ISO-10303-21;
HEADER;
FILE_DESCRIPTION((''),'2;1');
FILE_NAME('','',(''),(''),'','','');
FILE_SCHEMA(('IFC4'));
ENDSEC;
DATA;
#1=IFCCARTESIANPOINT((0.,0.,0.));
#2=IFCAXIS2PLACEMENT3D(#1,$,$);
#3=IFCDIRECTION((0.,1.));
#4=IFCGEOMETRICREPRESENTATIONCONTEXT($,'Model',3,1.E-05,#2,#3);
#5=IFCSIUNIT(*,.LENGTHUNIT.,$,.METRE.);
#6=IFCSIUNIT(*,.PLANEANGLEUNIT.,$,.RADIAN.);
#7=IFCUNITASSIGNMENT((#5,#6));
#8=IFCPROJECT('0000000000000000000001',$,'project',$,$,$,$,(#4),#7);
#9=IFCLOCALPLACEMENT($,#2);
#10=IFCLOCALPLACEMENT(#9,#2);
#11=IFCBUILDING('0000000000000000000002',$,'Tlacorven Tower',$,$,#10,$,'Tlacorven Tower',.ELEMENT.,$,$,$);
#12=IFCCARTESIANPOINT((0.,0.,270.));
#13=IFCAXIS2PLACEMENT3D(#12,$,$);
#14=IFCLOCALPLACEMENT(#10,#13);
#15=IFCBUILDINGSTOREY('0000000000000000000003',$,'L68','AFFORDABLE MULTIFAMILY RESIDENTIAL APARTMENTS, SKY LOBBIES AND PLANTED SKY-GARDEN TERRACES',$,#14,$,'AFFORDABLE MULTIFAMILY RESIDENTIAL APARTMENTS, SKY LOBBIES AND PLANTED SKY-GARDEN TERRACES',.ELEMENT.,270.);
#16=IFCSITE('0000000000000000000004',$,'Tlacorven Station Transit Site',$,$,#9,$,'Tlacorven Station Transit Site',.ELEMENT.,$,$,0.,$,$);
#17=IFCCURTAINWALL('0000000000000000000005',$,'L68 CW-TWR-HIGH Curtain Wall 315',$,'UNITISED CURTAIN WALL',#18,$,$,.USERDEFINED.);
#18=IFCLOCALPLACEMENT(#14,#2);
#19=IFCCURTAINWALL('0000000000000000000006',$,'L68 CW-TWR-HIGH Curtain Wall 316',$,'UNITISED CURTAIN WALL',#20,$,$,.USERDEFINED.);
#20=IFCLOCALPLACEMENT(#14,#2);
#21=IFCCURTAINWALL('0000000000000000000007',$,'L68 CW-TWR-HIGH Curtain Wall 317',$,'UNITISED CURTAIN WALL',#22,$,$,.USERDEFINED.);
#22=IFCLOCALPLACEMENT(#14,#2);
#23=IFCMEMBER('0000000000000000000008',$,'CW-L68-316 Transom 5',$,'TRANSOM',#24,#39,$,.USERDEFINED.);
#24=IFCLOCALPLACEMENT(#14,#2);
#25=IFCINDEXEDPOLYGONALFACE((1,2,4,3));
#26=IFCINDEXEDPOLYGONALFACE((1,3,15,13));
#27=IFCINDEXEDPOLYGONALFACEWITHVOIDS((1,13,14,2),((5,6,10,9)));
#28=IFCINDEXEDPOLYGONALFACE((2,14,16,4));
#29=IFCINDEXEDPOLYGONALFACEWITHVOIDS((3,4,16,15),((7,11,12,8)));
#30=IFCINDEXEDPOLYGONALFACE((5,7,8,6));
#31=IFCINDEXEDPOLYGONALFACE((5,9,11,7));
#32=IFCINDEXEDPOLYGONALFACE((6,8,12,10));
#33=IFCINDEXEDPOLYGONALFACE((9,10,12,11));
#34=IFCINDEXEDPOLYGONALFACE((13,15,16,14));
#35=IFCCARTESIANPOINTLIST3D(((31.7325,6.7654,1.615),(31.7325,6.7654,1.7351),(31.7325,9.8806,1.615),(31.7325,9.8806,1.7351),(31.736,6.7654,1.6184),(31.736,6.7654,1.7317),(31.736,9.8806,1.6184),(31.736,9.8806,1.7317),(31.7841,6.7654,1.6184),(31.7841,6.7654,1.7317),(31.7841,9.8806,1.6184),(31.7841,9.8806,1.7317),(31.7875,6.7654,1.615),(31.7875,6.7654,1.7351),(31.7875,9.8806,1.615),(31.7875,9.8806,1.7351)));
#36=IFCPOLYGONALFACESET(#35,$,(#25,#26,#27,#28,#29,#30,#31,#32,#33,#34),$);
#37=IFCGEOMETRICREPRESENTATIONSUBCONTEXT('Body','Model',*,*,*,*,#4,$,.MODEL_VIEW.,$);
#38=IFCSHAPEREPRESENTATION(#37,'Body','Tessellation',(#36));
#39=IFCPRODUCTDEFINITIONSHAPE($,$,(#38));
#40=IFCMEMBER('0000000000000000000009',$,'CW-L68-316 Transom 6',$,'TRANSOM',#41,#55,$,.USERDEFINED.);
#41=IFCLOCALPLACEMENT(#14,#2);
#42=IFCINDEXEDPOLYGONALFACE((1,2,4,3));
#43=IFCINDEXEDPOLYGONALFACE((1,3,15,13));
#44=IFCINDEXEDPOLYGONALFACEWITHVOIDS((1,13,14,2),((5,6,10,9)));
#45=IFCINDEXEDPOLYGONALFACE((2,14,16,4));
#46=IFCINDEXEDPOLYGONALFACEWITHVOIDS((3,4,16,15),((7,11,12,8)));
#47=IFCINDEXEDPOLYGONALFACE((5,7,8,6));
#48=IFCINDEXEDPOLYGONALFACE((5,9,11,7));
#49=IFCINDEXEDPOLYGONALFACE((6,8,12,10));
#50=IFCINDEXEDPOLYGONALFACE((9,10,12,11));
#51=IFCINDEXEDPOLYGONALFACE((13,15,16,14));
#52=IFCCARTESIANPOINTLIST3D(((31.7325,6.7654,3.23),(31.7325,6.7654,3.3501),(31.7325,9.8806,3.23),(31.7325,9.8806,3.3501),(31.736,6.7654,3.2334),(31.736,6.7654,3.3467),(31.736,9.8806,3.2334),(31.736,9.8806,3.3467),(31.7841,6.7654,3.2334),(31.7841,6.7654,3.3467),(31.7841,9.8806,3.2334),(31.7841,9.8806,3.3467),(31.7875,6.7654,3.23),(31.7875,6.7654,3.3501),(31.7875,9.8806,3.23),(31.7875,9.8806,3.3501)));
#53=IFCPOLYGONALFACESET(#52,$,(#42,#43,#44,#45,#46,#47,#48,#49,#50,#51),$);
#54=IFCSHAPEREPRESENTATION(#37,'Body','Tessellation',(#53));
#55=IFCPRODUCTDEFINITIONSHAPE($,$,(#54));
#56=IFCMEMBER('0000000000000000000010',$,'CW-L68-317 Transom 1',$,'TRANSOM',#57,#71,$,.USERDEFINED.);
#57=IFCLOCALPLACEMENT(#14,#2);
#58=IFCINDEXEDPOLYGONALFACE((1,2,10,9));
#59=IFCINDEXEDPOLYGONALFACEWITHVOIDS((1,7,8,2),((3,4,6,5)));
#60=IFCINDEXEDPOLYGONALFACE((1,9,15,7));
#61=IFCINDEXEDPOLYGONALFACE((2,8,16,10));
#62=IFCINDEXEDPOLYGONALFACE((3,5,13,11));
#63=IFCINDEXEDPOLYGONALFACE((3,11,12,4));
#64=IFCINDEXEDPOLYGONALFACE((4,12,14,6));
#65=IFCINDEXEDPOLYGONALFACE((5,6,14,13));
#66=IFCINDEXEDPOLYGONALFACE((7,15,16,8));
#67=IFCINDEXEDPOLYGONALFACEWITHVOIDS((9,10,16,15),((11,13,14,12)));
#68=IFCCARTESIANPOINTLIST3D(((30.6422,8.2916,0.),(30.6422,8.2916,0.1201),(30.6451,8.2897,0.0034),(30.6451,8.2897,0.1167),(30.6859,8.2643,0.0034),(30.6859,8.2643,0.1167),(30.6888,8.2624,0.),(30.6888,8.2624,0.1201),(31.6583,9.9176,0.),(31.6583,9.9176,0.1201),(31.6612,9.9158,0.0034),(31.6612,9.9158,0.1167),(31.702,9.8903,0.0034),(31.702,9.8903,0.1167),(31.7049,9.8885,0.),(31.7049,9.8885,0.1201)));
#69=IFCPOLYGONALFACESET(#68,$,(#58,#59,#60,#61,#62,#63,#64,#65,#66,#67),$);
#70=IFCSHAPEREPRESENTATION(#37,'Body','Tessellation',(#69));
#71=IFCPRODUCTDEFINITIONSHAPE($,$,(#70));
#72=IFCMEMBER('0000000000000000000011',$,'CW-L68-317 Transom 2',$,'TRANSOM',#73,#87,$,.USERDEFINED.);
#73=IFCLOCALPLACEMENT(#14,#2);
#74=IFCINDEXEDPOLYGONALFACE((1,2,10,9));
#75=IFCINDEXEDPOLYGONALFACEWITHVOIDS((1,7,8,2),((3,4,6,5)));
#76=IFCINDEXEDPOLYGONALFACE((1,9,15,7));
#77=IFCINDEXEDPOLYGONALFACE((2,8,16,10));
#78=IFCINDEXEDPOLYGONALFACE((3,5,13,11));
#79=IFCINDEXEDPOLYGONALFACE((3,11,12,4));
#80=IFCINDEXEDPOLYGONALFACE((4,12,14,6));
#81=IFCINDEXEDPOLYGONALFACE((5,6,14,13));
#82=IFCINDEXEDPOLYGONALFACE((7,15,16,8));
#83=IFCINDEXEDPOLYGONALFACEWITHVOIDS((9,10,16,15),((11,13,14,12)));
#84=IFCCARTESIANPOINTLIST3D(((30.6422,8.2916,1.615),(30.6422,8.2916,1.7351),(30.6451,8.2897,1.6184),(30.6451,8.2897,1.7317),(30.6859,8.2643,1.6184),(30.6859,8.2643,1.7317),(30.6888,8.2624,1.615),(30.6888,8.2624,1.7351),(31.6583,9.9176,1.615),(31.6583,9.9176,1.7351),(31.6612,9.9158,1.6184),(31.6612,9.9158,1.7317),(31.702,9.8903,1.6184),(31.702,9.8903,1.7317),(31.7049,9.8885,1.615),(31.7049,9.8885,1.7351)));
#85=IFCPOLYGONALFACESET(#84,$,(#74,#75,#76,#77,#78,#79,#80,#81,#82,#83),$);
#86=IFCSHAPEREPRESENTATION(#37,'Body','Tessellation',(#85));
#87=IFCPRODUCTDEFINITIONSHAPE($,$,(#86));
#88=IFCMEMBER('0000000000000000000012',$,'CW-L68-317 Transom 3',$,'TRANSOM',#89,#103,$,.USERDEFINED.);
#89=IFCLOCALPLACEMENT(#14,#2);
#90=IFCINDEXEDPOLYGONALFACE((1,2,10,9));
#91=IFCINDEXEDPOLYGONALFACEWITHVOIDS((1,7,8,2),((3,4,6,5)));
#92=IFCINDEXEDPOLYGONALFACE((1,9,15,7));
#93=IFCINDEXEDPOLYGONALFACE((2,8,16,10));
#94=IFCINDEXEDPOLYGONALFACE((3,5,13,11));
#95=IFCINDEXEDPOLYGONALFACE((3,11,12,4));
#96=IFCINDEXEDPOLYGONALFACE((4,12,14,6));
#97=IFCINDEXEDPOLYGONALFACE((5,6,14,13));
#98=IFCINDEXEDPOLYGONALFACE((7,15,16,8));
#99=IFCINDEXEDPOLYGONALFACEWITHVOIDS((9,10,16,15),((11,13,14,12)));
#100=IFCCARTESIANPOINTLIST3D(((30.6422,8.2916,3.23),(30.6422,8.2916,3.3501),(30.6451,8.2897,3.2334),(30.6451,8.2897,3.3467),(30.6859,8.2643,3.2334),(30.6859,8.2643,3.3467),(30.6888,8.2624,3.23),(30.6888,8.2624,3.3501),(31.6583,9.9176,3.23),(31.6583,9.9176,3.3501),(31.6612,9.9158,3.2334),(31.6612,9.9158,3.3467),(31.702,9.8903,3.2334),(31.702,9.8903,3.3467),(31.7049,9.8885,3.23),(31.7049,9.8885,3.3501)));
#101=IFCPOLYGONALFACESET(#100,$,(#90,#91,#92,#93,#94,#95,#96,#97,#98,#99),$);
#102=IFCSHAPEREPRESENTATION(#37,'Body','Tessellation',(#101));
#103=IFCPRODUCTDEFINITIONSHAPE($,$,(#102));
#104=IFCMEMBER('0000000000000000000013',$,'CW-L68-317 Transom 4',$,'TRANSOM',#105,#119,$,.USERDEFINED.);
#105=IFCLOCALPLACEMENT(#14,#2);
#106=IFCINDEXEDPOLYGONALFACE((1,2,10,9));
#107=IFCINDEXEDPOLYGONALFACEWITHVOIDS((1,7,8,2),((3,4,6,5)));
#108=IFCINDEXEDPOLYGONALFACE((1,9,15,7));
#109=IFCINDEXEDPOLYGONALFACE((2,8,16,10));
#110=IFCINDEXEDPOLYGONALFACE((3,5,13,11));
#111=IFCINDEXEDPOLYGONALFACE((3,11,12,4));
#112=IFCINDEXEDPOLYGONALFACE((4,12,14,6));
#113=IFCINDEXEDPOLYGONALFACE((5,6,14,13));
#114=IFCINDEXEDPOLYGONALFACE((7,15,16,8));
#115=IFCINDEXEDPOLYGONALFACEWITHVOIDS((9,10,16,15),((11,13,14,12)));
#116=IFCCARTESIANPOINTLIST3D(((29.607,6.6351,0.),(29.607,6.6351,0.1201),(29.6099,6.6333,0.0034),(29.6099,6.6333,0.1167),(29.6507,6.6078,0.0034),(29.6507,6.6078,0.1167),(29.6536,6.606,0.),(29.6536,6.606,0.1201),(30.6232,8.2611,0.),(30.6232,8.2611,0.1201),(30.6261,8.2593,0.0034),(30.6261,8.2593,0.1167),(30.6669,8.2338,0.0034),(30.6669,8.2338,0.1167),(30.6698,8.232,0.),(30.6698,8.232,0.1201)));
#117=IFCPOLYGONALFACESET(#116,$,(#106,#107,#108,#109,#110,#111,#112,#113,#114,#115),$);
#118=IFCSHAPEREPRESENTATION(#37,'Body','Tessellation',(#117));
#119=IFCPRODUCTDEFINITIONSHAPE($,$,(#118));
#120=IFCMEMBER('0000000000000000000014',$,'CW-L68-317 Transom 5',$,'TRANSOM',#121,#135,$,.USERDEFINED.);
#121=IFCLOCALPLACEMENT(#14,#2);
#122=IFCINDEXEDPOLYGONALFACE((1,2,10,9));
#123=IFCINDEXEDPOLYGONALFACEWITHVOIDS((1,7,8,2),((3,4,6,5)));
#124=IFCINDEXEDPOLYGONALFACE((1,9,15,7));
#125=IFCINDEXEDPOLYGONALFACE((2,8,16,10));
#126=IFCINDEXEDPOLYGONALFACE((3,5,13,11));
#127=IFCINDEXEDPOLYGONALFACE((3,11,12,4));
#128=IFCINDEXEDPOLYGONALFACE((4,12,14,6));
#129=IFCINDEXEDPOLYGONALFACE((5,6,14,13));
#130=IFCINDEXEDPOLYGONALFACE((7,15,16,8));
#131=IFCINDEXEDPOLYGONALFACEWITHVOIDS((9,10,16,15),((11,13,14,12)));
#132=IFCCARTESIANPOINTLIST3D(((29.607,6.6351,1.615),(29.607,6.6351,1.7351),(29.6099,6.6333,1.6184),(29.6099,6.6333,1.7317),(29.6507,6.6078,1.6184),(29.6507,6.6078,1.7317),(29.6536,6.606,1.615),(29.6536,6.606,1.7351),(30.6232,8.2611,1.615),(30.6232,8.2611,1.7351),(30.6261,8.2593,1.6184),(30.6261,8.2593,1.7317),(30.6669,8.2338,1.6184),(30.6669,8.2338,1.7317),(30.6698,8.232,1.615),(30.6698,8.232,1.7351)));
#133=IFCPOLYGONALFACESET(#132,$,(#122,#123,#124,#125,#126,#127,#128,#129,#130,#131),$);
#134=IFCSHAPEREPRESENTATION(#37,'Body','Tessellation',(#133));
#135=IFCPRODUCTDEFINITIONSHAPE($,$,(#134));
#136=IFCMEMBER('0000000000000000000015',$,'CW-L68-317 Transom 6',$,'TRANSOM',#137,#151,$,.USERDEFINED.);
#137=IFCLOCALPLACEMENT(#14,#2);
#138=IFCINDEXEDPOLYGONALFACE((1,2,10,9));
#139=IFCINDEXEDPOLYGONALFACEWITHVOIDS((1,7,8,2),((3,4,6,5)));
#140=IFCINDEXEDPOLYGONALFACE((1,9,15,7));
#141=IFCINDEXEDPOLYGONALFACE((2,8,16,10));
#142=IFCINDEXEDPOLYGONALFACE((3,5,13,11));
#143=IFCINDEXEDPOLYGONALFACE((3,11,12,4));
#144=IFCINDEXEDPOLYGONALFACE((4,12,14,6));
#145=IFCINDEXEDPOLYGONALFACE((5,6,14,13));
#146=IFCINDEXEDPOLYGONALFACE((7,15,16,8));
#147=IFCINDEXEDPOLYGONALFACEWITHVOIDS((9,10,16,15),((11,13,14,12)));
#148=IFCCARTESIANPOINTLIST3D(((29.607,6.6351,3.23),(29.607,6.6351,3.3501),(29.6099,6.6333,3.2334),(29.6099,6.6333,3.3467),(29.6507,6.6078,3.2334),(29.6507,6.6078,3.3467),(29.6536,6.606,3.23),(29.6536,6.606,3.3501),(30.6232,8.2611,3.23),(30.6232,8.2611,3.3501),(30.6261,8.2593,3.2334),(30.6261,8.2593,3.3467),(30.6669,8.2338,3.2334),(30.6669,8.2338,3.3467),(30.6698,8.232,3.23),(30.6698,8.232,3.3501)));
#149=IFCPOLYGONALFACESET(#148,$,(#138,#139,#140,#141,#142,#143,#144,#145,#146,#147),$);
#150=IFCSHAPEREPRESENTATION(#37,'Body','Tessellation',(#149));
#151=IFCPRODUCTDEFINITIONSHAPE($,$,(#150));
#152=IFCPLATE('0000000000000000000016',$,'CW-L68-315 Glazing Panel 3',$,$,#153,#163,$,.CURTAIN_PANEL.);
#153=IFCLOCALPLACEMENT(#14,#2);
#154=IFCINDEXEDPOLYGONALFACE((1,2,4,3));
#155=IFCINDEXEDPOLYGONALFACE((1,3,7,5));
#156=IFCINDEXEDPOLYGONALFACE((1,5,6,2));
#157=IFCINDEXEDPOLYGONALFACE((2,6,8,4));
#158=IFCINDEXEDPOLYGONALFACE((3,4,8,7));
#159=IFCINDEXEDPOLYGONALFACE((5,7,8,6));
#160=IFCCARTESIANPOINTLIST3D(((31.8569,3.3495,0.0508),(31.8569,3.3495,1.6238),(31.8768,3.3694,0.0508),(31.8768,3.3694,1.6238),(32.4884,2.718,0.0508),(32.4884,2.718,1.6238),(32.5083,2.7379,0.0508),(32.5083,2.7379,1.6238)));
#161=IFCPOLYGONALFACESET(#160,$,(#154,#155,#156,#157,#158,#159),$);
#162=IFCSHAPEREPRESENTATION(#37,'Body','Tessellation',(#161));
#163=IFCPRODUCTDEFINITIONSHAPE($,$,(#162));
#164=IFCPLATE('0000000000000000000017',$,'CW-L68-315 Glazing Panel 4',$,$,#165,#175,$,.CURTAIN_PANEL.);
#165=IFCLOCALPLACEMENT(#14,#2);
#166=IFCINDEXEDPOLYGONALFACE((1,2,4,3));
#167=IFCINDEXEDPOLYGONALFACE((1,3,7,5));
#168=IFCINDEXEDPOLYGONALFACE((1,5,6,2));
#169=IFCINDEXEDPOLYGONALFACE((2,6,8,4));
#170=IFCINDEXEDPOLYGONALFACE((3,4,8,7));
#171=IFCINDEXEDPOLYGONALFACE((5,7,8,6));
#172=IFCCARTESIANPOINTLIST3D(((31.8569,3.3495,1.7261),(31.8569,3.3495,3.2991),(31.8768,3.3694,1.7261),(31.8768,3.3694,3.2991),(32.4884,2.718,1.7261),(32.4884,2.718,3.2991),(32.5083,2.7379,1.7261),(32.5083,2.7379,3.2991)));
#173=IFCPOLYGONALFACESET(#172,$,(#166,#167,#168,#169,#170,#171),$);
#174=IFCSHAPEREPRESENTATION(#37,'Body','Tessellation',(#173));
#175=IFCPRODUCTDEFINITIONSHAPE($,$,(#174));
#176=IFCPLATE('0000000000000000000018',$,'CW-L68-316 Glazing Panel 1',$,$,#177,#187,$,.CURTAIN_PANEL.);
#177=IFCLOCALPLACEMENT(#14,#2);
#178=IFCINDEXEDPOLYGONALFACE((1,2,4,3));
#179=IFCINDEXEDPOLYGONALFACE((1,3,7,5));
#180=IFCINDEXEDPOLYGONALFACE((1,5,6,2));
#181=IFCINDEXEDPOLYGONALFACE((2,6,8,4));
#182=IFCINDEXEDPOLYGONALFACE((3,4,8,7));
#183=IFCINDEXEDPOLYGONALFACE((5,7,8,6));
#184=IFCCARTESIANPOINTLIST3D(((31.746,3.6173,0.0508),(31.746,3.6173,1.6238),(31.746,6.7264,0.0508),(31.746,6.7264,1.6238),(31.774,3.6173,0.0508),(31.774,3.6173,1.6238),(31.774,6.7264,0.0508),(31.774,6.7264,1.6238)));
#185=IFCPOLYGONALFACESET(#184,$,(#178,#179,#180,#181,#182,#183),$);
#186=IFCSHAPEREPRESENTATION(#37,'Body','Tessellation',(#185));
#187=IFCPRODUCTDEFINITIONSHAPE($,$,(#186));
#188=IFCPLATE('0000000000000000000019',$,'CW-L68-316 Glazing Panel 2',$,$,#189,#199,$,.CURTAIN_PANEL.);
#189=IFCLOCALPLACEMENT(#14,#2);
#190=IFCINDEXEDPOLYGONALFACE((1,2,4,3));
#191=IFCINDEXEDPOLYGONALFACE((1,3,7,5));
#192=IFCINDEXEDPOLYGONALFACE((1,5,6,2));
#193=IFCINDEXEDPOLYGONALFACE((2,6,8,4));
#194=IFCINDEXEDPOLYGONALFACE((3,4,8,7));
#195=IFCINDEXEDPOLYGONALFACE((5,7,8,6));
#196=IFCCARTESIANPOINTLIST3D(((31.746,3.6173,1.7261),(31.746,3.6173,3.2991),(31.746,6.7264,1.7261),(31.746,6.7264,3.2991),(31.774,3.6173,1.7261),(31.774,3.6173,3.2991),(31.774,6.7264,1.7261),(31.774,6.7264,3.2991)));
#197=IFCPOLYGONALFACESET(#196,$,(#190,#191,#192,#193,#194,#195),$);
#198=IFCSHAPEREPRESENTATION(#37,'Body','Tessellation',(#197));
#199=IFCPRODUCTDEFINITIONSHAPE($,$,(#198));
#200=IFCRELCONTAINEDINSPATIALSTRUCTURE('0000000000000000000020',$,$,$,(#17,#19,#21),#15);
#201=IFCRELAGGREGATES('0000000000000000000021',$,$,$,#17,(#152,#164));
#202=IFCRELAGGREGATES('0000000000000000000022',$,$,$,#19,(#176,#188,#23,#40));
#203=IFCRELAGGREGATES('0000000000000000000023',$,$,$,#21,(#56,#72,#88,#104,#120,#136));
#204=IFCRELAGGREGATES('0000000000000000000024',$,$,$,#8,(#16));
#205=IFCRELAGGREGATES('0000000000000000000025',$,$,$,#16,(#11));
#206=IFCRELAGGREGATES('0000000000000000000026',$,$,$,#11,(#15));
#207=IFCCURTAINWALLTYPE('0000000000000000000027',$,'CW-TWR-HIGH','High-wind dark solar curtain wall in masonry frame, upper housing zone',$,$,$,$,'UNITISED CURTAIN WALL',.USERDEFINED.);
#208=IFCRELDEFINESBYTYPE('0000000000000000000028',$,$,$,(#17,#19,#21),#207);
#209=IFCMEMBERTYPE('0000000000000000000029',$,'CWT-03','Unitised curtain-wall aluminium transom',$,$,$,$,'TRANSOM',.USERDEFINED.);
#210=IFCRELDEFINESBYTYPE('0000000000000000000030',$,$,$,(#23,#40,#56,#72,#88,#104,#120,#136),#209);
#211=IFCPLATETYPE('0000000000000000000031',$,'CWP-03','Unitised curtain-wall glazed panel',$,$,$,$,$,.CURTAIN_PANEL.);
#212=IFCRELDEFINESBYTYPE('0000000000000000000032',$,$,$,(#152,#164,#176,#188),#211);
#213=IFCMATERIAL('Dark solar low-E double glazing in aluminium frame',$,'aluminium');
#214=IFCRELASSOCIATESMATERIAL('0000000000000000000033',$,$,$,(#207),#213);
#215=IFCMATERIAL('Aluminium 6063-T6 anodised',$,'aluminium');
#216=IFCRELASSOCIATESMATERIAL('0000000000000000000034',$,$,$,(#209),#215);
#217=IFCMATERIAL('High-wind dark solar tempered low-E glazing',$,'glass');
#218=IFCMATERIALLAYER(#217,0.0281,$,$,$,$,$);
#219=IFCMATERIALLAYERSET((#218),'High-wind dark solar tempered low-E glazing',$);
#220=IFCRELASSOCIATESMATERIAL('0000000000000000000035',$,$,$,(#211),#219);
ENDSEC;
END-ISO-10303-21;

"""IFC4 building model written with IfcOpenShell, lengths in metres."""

from ifc_helpers import new_model, si_unit, direction, frame, origin, origin_2d, place, context, subcontext, project, spatial, rectangle, hollow_rectangle, extrude, source, transform, mapped, material, layer, layer_set, material_profile, profile_set, type_object, element, aggregate, save


model = new_model("IFC4")

# Units and contexts
model_context = context("Model", 3, precision=1e-05, world=origin(), true_north=direction((0.0, 1.0)))
body_context = subcontext(model_context, "Body", "Model", "MODEL_VIEW")
ifc_project = project(units=[si_unit("LENGTHUNIT", "METRE"), si_unit("PLANEANGLEUNIT", "RADIAN")], contexts=[model_context])

# Site, building, storey
site_placement = place(None, origin())
site = spatial("IfcSite", under=ifc_project, at=site_placement, Name="Tlacorven Station Transit Site", LongName="Tlacorven Station Transit Site", CompositionType="ELEMENT", RefElevation=0.0)
building_placement = place(site_placement, origin())
building = spatial("IfcBuilding", under=site, at=building_placement, Name="Tlacorven Tower", LongName="Tlacorven Tower", CompositionType="ELEMENT")
storey_placement = place(building_placement, frame((0.0, 0.0, 270.0)))
storey = spatial("IfcBuildingStorey", under=building, at=storey_placement, Name="L68", Description="AFFORDABLE MULTIFAMILY RESIDENTIAL APARTMENTS, SKY LOBBIES AND PLANTED SKY-GARDEN TERRACES", LongName="AFFORDABLE MULTIFAMILY RESIDENTIAL APARTMENTS, SKY LOBBIES AND PLANTED SKY-GARDEN TERRACES", CompositionType="ELEMENT", Elevation=270.0)

# Curtain wall
ifc_material_1 = material(Name="Dark solar low-E double glazing in aluminium frame", Category="aluminium")
curtain_wall_type = type_object("IfcCurtainWallType", Name="CW-TWR-HIGH", Description="High-wind dark solar curtain wall in masonry frame, upper housing zone", ElementType="UNITISED CURTAIN WALL", PredefinedType="USERDEFINED", material=ifc_material_1)
curtain_wall_1_placement = place(storey_placement, origin())
curtain_wall_1 = element("IfcCurtainWall", 1, at=curtain_wall_1_placement, inside=storey, type_object=curtain_wall_type, Name="L68 CW-TWR-HIGH Curtain Wall 315", ObjectType="UNITISED CURTAIN WALL", PredefinedType="USERDEFINED")
ifc_material_2 = material(Name="Aluminium 6063-T6 anodised", Category="aluminium")

# Curtain walls
curtain_wall_2_placement = place(storey_placement, origin())
curtain_wall_2 = element("IfcCurtainWall", 2, at=curtain_wall_2_placement, inside=storey, type_object=curtain_wall_type, Name="L68 CW-TWR-HIGH Curtain Wall 316", ObjectType="UNITISED CURTAIN WALL", PredefinedType="USERDEFINED")
curtain_wall_3_placement = place(storey_placement, origin())
curtain_wall_3 = element("IfcCurtainWall", 3, at=curtain_wall_3_placement, inside=storey, type_object=curtain_wall_type, Name="L68 CW-TWR-HIGH Curtain Wall 317", ObjectType="UNITISED CURTAIN WALL", PredefinedType="USERDEFINED")

# Members
ifc_material_profile_1 = material_profile(ifc_material_2, hollow_rectangle(XDim=0.0549, YDim=0.1201, WallThickness=0.0034, at=origin_2d()), Name="ALU TRANSOM 55X120")
ifc_profile_set_1 = profile_set([ifc_material_profile_1], Name="Aluminium 6063-T6 anodised")
member_type_1 = type_object("IfcMemberType", Name="CWT-03", Description="Unitised curtain-wall aluminium transom", ElementType="TRANSOM", PredefinedType="USERDEFINED", material=ifc_profile_set_1)
shared_shape_1 = source(origin(), body_context, "Body", "SweptSolid", [
    extrude(hollow_rectangle(XDim=0.0549, YDim=0.1201, WallThickness=0.0034, at=origin_2d()), origin(), (0.0, 0.0, 1.0), 3.1152),
])
member_1_placement = place(storey_placement, frame((31.76, 6.7654, 1.675), z_axis=(0.0, 1.0, 0.0), x_axis=(-1.0, 0.0, 0.0)))
member_1 = element("IfcMember", 4, at=member_1_placement, type_object=member_type_1, Name="CW-L68-316 Transom 5", ObjectType="TRANSOM", PredefinedType="USERDEFINED", context=body_context, shape_type="MappedRepresentation", body=[
    mapped(shared_shape_1, transform((0.0, 0.0, 0.0), scale=1.0)),
])
member_2_placement = place(storey_placement, frame((31.76, 6.7654, 3.29), z_axis=(0.0, 1.0, 0.0), x_axis=(-1.0, 0.0, 0.0)))
member_2 = element("IfcMember", 5, at=member_2_placement, type_object=member_type_1, Name="CW-L68-316 Transom 6", ObjectType="TRANSOM", PredefinedType="USERDEFINED", context=body_context, shape_type="MappedRepresentation", body=[
    mapped(shared_shape_1, transform((0.0, 0.0, 0.0), scale=1.0)),
])
shared_shape_2 = source(origin(), body_context, "Body", "SweptSolid", [
    extrude(hollow_rectangle(XDim=0.0549, YDim=0.1201, WallThickness=0.0034, at=origin_2d()), origin(), (0.0, 0.0, 1.0), 1.9175),
])
member_3_placement = place(storey_placement, frame((31.6816, 9.9031, 0.0601), z_axis=(-0.529953, -0.848027, 0.0), x_axis=(0.848027, -0.529953, 0.0)))
member_3 = element("IfcMember", 6, at=member_3_placement, type_object=member_type_1, Name="CW-L68-317 Transom 1", ObjectType="TRANSOM", PredefinedType="USERDEFINED", context=body_context, shape_type="MappedRepresentation", body=[
    mapped(shared_shape_2, transform((0.0, 0.0, 0.0), scale=1.0)),
])
member_4_placement = place(storey_placement, frame((31.6816, 9.9031, 1.675), z_axis=(-0.529953, -0.848027, 0.0), x_axis=(0.848027, -0.529953, 0.0)))
member_4 = element("IfcMember", 7, at=member_4_placement, type_object=member_type_1, Name="CW-L68-317 Transom 2", ObjectType="TRANSOM", PredefinedType="USERDEFINED", context=body_context, shape_type="MappedRepresentation", body=[
    mapped(shared_shape_2, transform((0.0, 0.0, 0.0), scale=1.0)),
])
member_5_placement = place(storey_placement, frame((31.6816, 9.9031, 3.29), z_axis=(-0.529953, -0.848027, 0.0), x_axis=(0.848027, -0.529953, 0.0)))
member_5 = element("IfcMember", 8, at=member_5_placement, type_object=member_type_1, Name="CW-L68-317 Transom 3", ObjectType="TRANSOM", PredefinedType="USERDEFINED", context=body_context, shape_type="MappedRepresentation", body=[
    mapped(shared_shape_2, transform((0.0, 0.0, 0.0), scale=1.0)),
])
member_6_placement = place(storey_placement, frame((30.6465, 8.2466, 0.0601), z_axis=(-0.529953, -0.848027, 0.0), x_axis=(0.848027, -0.529953, 0.0)))
member_6 = element("IfcMember", 9, at=member_6_placement, type_object=member_type_1, Name="CW-L68-317 Transom 4", ObjectType="TRANSOM", PredefinedType="USERDEFINED", context=body_context, shape_type="MappedRepresentation", body=[
    mapped(shared_shape_2, transform((0.0, 0.0, 0.0), scale=1.0)),
])
member_7_placement = place(storey_placement, frame((30.6465, 8.2466, 1.675), z_axis=(-0.529953, -0.848027, 0.0), x_axis=(0.848027, -0.529953, 0.0)))
member_7 = element("IfcMember", 10, at=member_7_placement, type_object=member_type_1, Name="CW-L68-317 Transom 5", ObjectType="TRANSOM", PredefinedType="USERDEFINED", context=body_context, shape_type="MappedRepresentation", body=[
    mapped(shared_shape_2, transform((0.0, 0.0, 0.0), scale=1.0)),
])
member_8_placement = place(storey_placement, frame((30.6465, 8.2466, 3.29), z_axis=(-0.529953, -0.848027, 0.0), x_axis=(0.848027, -0.529953, 0.0)))
member_8 = element("IfcMember", 11, at=member_8_placement, type_object=member_type_1, Name="CW-L68-317 Transom 6", ObjectType="TRANSOM", PredefinedType="USERDEFINED", context=body_context, shape_type="MappedRepresentation", body=[
    mapped(shared_shape_2, transform((0.0, 0.0, 0.0), scale=1.0)),
])

# Plates
ifc_material_3 = material(Name="High-wind dark solar tempered low-E glazing", Category="glass")
ifc_layer_1 = layer(ifc_material_3, 0.0281)
ifc_layer_set_1 = layer_set([ifc_layer_1], Name="High-wind dark solar tempered low-E glazing")
plate_type = type_object("IfcPlateType", Name="CWP-03", Description="Unitised curtain-wall glazed panel", PredefinedType="CURTAIN_PANEL", material=ifc_layer_set_1)
shared_shape_3 = source(origin(), body_context, "Body", "SweptSolid", [
    extrude(rectangle(XDim=0.8931, YDim=0.0281, at=origin_2d()), origin(), (0.0, 0.0, 1.0), 1.573),
])
plate_1_placement = place(storey_placement, frame((32.1826, 3.0437, 0.0508), z_axis=(0.0, 0.0, 1.0), x_axis=(-0.707107, 0.707107, 0.0)))
plate_1 = element("IfcPlate", 12, at=plate_1_placement, type_object=plate_type, Name="CW-L68-315 Glazing Panel 3", PredefinedType="CURTAIN_PANEL", context=body_context, shape_type="MappedRepresentation", body=[
    mapped(shared_shape_3, transform((0.0, 0.0, 0.0), scale=1.0)),
])
plate_2_placement = place(storey_placement, frame((32.1826, 3.0437, 1.7261), z_axis=(0.0, 0.0, 1.0), x_axis=(-0.707107, 0.707107, 0.0)))
plate_2 = element("IfcPlate", 13, at=plate_2_placement, type_object=plate_type, Name="CW-L68-315 Glazing Panel 4", PredefinedType="CURTAIN_PANEL", context=body_context, shape_type="MappedRepresentation", body=[
    mapped(shared_shape_3, transform((0.0, 0.0, 0.0), scale=1.0)),
])
aggregate(curtain_wall_1, [plate_1, plate_2])
shared_shape_4 = source(origin(), body_context, "Body", "SweptSolid", [
    extrude(rectangle(XDim=3.1091, YDim=0.0281, at=origin_2d()), origin(), (0.0, 0.0, 1.0), 1.573),
])
plate_3_placement = place(storey_placement, frame((31.76, 5.1719, 0.0508), z_axis=(0.0, 0.0, 1.0), x_axis=(0.0, 1.0, 0.0)))
plate_3 = element("IfcPlate", 14, at=plate_3_placement, type_object=plate_type, Name="CW-L68-316 Glazing Panel 1", PredefinedType="CURTAIN_PANEL", context=body_context, shape_type="MappedRepresentation", body=[
    mapped(shared_shape_4, transform((0.0, 0.0, 0.0), scale=1.0)),
])
plate_4_placement = place(storey_placement, frame((31.76, 5.1719, 1.7261), z_axis=(0.0, 0.0, 1.0), x_axis=(0.0, 1.0, 0.0)))
plate_4 = element("IfcPlate", 15, at=plate_4_placement, type_object=plate_type, Name="CW-L68-316 Glazing Panel 2", PredefinedType="CURTAIN_PANEL", context=body_context, shape_type="MappedRepresentation", body=[
    mapped(shared_shape_4, transform((0.0, 0.0, 0.0), scale=1.0)),
])
aggregate(curtain_wall_2, [plate_3, plate_4, member_1, member_2])
aggregate(curtain_wall_3, [member_3, member_4, member_5, member_6, member_7, member_8])

save(model, "model.ifc")
